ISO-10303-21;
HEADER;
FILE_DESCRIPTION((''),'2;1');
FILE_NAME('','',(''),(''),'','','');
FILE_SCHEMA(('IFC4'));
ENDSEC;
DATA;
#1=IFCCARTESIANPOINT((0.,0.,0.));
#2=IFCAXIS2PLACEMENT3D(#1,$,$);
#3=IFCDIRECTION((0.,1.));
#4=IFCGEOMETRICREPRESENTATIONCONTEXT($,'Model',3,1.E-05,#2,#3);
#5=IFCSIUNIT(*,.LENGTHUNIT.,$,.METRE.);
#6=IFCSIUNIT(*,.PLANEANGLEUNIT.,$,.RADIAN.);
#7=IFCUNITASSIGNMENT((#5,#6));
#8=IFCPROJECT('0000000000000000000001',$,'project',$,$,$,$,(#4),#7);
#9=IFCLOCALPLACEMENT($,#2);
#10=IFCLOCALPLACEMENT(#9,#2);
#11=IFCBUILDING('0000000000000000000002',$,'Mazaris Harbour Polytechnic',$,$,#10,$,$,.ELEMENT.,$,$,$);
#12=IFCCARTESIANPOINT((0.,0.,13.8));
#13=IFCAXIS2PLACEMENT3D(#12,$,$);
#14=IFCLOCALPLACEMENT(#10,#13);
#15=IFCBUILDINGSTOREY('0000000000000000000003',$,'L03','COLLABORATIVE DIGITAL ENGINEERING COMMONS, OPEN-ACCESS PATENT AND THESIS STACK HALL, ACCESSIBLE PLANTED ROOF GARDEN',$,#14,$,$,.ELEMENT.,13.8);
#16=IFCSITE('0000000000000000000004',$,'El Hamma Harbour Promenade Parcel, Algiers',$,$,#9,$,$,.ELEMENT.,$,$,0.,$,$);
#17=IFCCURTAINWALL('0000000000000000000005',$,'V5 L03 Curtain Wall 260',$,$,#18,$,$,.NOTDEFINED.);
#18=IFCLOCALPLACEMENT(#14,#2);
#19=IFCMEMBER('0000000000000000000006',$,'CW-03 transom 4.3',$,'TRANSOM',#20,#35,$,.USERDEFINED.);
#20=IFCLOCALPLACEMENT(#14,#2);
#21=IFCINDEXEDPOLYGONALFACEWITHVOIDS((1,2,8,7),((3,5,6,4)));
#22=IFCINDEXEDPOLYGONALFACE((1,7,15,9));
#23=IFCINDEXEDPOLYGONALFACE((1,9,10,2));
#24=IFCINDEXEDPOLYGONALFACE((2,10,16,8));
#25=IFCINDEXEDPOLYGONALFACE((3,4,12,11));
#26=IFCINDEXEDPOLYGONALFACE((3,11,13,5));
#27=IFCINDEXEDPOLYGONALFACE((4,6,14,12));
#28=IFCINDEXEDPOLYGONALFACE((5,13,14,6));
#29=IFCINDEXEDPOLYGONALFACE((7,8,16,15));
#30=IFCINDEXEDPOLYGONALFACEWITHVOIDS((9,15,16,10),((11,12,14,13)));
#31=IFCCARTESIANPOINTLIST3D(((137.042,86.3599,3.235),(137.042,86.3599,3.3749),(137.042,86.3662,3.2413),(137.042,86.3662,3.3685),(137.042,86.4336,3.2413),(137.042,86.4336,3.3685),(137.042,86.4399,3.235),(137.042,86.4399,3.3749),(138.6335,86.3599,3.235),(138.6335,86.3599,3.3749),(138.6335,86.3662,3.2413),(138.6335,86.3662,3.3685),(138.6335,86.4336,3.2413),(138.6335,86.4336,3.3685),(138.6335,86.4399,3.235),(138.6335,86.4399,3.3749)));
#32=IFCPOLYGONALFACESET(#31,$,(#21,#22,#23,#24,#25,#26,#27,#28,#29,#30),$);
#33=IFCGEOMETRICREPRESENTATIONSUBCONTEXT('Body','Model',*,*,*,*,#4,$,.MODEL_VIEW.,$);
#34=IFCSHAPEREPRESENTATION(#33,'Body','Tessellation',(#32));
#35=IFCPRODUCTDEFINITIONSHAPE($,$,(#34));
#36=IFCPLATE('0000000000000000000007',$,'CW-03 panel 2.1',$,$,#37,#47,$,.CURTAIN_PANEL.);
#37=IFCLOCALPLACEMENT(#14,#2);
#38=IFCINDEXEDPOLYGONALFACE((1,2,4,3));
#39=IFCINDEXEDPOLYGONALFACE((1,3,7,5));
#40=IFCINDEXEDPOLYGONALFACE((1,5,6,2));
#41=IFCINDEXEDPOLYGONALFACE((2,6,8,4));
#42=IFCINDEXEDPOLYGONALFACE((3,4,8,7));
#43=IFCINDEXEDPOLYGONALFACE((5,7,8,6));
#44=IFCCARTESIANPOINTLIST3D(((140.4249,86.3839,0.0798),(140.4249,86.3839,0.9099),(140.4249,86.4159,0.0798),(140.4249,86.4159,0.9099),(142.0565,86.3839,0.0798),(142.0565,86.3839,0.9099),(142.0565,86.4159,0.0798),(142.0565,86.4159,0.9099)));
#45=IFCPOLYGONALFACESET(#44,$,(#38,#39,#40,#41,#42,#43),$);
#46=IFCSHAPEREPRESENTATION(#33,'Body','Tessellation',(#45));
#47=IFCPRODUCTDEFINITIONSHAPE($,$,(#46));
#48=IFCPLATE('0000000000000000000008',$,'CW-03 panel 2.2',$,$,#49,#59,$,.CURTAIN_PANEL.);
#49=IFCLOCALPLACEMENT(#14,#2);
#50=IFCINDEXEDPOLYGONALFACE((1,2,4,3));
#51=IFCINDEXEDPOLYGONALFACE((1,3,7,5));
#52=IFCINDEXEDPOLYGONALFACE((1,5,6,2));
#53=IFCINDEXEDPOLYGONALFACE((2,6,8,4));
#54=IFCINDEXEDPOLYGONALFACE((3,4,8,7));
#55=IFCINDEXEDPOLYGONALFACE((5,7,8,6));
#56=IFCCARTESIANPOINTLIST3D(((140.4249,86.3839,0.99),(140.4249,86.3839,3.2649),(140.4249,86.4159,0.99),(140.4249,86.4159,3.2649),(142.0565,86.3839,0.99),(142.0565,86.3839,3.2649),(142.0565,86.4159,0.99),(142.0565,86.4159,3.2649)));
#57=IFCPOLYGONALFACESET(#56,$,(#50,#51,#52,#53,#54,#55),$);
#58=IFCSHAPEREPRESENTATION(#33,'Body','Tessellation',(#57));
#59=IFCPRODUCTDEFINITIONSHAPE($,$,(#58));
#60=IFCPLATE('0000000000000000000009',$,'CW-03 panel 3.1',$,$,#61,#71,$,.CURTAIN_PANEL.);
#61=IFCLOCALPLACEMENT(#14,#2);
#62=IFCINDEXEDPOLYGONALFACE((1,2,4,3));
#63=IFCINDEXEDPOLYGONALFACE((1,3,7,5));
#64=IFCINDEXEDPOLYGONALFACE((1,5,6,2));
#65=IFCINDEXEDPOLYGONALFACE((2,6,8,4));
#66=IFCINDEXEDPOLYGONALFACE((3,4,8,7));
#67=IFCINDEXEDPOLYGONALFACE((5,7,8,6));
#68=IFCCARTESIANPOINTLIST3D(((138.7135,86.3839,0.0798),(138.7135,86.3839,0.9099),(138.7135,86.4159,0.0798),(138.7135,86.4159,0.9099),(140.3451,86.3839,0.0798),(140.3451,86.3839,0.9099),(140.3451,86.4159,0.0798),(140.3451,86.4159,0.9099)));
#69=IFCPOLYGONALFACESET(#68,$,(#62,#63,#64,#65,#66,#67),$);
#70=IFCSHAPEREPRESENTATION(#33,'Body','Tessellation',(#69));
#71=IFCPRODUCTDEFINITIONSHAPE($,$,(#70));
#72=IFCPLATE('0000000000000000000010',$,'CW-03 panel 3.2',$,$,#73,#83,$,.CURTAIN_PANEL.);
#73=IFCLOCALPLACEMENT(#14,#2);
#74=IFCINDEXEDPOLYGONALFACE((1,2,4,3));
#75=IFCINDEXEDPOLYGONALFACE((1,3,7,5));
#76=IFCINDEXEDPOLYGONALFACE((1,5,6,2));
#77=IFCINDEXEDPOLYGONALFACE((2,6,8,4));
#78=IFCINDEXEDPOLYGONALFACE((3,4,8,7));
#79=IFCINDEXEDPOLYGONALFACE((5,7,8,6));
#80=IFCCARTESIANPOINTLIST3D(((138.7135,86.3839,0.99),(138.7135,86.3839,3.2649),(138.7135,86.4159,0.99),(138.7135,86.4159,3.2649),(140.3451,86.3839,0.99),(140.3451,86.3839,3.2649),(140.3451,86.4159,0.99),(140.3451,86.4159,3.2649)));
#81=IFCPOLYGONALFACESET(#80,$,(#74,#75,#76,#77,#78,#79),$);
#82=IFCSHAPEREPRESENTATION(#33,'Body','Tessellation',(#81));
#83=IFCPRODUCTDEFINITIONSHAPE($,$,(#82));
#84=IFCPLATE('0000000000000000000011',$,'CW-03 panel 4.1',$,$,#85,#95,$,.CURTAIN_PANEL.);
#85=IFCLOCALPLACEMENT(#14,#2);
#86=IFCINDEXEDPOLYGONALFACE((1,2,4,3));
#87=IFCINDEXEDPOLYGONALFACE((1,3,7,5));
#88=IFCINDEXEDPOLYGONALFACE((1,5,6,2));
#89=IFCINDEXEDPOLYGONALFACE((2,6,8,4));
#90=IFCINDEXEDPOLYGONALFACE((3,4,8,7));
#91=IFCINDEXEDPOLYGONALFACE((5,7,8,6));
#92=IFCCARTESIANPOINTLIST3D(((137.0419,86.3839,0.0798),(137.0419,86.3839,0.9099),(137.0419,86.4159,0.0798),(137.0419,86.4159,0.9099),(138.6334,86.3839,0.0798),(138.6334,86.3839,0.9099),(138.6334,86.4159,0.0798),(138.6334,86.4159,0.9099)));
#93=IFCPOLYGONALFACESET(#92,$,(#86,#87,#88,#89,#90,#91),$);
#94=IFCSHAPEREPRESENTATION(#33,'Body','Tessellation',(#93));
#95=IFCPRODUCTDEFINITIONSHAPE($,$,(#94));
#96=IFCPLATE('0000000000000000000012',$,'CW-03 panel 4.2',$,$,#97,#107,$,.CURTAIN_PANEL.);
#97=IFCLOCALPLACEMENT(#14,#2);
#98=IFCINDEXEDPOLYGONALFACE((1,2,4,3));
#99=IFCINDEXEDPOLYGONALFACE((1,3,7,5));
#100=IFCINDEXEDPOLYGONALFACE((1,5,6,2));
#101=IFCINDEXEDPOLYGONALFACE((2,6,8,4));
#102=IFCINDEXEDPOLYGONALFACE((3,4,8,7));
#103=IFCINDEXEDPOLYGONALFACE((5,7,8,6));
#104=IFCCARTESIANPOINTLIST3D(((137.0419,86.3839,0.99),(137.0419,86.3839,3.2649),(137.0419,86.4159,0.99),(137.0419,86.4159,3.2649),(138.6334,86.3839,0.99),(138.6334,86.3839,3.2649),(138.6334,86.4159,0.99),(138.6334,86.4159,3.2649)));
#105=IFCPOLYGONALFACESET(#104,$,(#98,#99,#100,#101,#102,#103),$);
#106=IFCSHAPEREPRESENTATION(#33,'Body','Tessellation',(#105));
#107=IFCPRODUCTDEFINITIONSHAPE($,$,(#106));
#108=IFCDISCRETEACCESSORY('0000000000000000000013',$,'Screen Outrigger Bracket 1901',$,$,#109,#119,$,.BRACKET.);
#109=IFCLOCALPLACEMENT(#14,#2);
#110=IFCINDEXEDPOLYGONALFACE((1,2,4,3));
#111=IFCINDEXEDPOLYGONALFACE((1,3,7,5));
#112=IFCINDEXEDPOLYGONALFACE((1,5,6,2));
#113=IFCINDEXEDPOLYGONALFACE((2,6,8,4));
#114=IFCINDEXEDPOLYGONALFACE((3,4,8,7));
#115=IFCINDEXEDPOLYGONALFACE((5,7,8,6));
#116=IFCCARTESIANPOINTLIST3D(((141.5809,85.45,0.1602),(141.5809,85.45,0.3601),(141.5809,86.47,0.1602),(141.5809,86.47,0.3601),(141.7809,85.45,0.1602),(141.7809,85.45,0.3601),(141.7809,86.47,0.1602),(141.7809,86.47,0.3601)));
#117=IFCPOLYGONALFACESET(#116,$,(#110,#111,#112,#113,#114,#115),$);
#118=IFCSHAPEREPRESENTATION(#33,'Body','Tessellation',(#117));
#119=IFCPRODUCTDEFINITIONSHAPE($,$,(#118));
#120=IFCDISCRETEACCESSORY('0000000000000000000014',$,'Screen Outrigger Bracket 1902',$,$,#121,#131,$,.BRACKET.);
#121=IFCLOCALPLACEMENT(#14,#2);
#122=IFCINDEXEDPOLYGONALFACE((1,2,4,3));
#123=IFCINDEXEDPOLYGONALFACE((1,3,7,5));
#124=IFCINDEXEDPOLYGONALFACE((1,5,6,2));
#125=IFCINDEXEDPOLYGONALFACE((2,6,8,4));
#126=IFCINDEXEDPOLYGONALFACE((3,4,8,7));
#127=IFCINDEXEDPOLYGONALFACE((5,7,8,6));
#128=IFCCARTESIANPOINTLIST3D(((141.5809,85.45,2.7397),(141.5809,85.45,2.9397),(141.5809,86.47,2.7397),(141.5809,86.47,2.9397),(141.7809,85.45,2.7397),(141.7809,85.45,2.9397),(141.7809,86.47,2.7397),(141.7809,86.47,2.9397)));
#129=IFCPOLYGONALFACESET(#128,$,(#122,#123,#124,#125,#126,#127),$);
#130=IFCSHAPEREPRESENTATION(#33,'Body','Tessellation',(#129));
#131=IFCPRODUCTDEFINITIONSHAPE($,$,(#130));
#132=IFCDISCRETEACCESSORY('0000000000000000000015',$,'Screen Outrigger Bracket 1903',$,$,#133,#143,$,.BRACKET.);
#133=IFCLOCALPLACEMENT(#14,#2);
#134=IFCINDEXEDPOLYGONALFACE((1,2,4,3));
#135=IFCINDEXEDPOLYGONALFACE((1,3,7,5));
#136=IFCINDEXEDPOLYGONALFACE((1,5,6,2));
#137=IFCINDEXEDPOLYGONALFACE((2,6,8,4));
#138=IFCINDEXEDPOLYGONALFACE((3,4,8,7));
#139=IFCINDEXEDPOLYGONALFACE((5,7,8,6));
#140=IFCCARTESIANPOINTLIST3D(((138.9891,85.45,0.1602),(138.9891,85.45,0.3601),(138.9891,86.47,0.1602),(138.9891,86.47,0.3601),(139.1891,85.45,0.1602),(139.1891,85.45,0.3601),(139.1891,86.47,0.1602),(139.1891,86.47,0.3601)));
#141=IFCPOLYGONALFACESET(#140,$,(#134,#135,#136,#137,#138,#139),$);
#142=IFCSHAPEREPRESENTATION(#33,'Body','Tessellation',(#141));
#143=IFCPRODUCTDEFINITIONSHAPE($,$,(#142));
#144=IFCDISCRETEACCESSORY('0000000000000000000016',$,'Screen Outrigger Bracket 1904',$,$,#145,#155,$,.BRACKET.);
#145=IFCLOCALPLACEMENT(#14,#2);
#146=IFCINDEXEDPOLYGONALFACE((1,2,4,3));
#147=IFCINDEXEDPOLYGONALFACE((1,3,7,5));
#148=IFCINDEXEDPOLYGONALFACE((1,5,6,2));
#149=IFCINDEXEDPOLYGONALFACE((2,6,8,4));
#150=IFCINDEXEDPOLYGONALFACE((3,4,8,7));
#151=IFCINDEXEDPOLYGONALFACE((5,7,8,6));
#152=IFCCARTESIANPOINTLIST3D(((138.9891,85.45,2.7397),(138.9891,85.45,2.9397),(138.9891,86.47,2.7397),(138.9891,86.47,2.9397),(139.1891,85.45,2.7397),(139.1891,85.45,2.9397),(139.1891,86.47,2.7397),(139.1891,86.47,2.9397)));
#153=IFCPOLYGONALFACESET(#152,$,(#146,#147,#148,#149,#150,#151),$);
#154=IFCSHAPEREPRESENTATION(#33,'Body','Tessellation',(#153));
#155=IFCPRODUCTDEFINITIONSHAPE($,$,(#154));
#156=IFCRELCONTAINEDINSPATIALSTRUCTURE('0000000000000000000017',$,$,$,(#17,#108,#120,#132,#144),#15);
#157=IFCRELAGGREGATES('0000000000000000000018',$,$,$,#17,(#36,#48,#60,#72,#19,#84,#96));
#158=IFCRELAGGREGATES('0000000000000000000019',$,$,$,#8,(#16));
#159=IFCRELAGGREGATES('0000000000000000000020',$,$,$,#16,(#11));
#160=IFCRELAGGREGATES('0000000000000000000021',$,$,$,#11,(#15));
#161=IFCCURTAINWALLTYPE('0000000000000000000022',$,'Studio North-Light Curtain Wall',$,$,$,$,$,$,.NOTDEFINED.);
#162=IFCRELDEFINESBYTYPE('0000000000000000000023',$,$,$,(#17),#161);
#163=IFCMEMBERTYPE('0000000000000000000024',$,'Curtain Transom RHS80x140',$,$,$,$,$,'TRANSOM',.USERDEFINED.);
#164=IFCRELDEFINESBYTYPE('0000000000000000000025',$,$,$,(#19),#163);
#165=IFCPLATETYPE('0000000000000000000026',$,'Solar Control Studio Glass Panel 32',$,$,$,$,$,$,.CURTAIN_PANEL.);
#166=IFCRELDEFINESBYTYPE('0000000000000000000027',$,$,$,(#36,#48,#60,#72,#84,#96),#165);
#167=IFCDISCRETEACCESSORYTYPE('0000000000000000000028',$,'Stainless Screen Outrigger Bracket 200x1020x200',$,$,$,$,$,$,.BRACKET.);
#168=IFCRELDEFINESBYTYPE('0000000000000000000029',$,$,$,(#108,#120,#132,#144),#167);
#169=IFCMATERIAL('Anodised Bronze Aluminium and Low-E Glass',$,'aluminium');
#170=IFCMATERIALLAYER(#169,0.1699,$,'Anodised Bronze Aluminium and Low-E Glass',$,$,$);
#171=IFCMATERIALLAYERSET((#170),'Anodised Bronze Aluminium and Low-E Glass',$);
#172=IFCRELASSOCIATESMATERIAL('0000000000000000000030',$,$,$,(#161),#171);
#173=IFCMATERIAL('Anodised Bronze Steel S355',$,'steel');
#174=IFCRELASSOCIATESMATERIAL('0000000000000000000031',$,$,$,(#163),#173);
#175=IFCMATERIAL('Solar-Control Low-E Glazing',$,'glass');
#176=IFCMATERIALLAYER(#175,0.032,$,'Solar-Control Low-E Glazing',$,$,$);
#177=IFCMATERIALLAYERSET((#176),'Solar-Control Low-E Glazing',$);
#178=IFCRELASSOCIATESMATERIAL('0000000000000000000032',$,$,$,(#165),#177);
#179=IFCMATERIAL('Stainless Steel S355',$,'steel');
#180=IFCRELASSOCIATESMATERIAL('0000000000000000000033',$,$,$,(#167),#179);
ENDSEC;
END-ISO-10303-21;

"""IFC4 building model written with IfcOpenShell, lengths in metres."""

from ifc_helpers import new_model, si_unit, direction, frame, origin, origin_2d, place, context, subcontext, project, spatial, rectangle, hollow_rectangle, extrude, material, layer, layer_set, material_profile, profile_set, type_object, element, aggregate, save


model = new_model("IFC4")

# Units and contexts
model_context = context("Model", 3, precision=1e-05, world=origin(), true_north=direction((0.0, 1.0)))
body_context = subcontext(model_context, "Body", "Model", "MODEL_VIEW")
ifc_project = project(units=[si_unit("LENGTHUNIT", "METRE"), si_unit("PLANEANGLEUNIT", "RADIAN")], contexts=[model_context])

# Site, building, storey
site_placement = place(None, origin())
site = spatial("IfcSite", under=ifc_project, at=site_placement, Name="El Hamma Harbour Promenade Parcel, Algiers", CompositionType="ELEMENT", RefElevation=0.0)
building_placement = place(site_placement, origin())
building = spatial("IfcBuilding", under=site, at=building_placement, Name="Mazaris Harbour Polytechnic", CompositionType="ELEMENT")
storey_placement = place(building_placement, frame((0.0, 0.0, 13.8)))
storey = spatial("IfcBuildingStorey", under=building, at=storey_placement, Name="L03", Description="COLLABORATIVE DIGITAL ENGINEERING COMMONS, OPEN-ACCESS PATENT AND THESIS STACK HALL, ACCESSIBLE PLANTED ROOF GARDEN", CompositionType="ELEMENT", Elevation=13.8)

# Curtain wall, member, plates
ifc_material_1 = material(Name="Anodised Bronze Aluminium and Low-E Glass", Category="aluminium")
ifc_layer_1 = layer(ifc_material_1, 0.1699, Name="Anodised Bronze Aluminium and Low-E Glass")
ifc_layer_set_1 = layer_set([ifc_layer_1], Name="Anodised Bronze Aluminium and Low-E Glass")
curtain_wall_type = type_object("IfcCurtainWallType", Name="Studio North-Light Curtain Wall", PredefinedType="NOTDEFINED", material=ifc_layer_set_1)
curtain_wall_placement = place(storey_placement, origin())
curtain_wall = element("IfcCurtainWall", 1, at=curtain_wall_placement, inside=storey, type_object=curtain_wall_type, Name="V5 L03 Curtain Wall 260", PredefinedType="NOTDEFINED")
ifc_material_2 = material(Name="Anodised Bronze Steel S355", Category="steel")
ifc_material_profile_1 = material_profile(ifc_material_2, hollow_rectangle(XDim=0.0801, YDim=0.1399, WallThickness=0.0063, at=origin_2d()), Name="RHS 80x140x6.3")
ifc_profile_set_1 = profile_set([ifc_material_profile_1], Name="Anodised Bronze Steel S355")
member_type_1 = type_object("IfcMemberType", Name="Curtain Transom RHS80x140", ElementType="TRANSOM", PredefinedType="USERDEFINED", material=ifc_profile_set_1)
member_1_placement = place(storey_placement, frame((138.6335, 86.3999, 3.3049), z_axis=(-1.0, 0.0, 0.0), x_axis=(0.0, -1.0, 0.0)))
member_1 = element("IfcMember", 2, at=member_1_placement, type_object=member_type_1, Name="CW-03 transom 4.3", ObjectType="TRANSOM", PredefinedType="USERDEFINED", context=body_context, shape_type="SweptSolid", body=[
    extrude(hollow_rectangle(XDim=0.0801, YDim=0.1399, WallThickness=0.0063, at=origin_2d()), origin(), (0.0, 0.0, 1.0), 1.5916),
])
ifc_material_3 = material(Name="Solar-Control Low-E Glazing", Category="glass")
ifc_layer_2 = layer(ifc_material_3, 0.032, Name="Solar-Control Low-E Glazing")
ifc_layer_set_2 = layer_set([ifc_layer_2], Name="Solar-Control Low-E Glazing")
plate_type = type_object("IfcPlateType", Name="Solar Control Studio Glass Panel 32", PredefinedType="CURTAIN_PANEL", material=ifc_layer_set_2)
plate_1_placement = place(storey_placement, frame((141.2407, 86.3999, 0.0798), z_axis=(0.0, 0.0, 1.0), x_axis=(-1.0, 0.0, 0.0)))
plate_1 = element("IfcPlate", 3, at=plate_1_placement, type_object=plate_type, Name="CW-03 panel 2.1", PredefinedType="CURTAIN_PANEL", context=body_context, shape_type="SweptSolid", body=[
    extrude(rectangle(XDim=1.6316, YDim=0.032, at=origin_2d()), origin(), (0.0, 0.0, 1.0), 0.8301),
])
plate_2_placement = place(storey_placement, frame((141.2407, 86.3999, 0.99), z_axis=(0.0, 0.0, 1.0), x_axis=(-1.0, 0.0, 0.0)))
plate_2 = element("IfcPlate", 4, at=plate_2_placement, type_object=plate_type, Name="CW-03 panel 2.2", PredefinedType="CURTAIN_PANEL", context=body_context, shape_type="SweptSolid", body=[
    extrude(rectangle(XDim=1.6316, YDim=0.032, at=origin_2d()), origin(), (0.0, 0.0, 1.0), 2.2749),
])
plate_3_placement = place(storey_placement, frame((139.5293, 86.3999, 0.0798), z_axis=(0.0, 0.0, 1.0), x_axis=(-1.0, 0.0, 0.0)))
plate_3 = element("IfcPlate", 5, at=plate_3_placement, type_object=plate_type, Name="CW-03 panel 3.1", PredefinedType="CURTAIN_PANEL", context=body_context, shape_type="SweptSolid", body=[
    extrude(rectangle(XDim=1.6316, YDim=0.032, at=origin_2d()), origin(), (0.0, 0.0, 1.0), 0.8301),
])
plate_4_placement = place(storey_placement, frame((139.5293, 86.3999, 0.99), z_axis=(0.0, 0.0, 1.0), x_axis=(-1.0, 0.0, 0.0)))
plate_4 = element("IfcPlate", 6, at=plate_4_placement, type_object=plate_type, Name="CW-03 panel 3.2", PredefinedType="CURTAIN_PANEL", context=body_context, shape_type="SweptSolid", body=[
    extrude(rectangle(XDim=1.6316, YDim=0.032, at=origin_2d()), origin(), (0.0, 0.0, 1.0), 2.2749),
])
plate_5_placement = place(storey_placement, frame((137.8376, 86.3999, 0.0798), z_axis=(0.0, 0.0, 1.0), x_axis=(-1.0, 0.0, 0.0)))
plate_5 = element("IfcPlate", 7, at=plate_5_placement, type_object=plate_type, Name="CW-03 panel 4.1", PredefinedType="CURTAIN_PANEL", context=body_context, shape_type="SweptSolid", body=[
    extrude(rectangle(XDim=1.5916, YDim=0.032, at=origin_2d()), origin(), (0.0, 0.0, 1.0), 0.8301),
])
plate_6_placement = place(storey_placement, frame((137.8376, 86.3999, 0.99), z_axis=(0.0, 0.0, 1.0), x_axis=(-1.0, 0.0, 0.0)))
plate_6 = element("IfcPlate", 8, at=plate_6_placement, type_object=plate_type, Name="CW-03 panel 4.2", PredefinedType="CURTAIN_PANEL", context=body_context, shape_type="SweptSolid", body=[
    extrude(rectangle(XDim=1.5916, YDim=0.032, at=origin_2d()), origin(), (0.0, 0.0, 1.0), 2.2749),
])
aggregate(curtain_wall, [plate_1, plate_2, plate_3, plate_4, member_1, plate_5, plate_6])

# Discrete accessories
ifc_material_4 = material(Name="Stainless Steel S355", Category="steel")
discrete_accessory_type = type_object("IfcDiscreteAccessoryType", Name="Stainless Screen Outrigger Bracket 200x1020x200", PredefinedType="BRACKET", material=ifc_material_4)
for number, where, z_axis, x_axis, name in (
    (9, (141.6809, 85.96, 0.1602), (0.0, 0.0, 1.0), (-1.0, 0.0, 0.0), "Screen Outrigger Bracket 1901"),
    (10, (141.6809, 85.96, 2.7397), (0.0, 0.0, 1.0), (-1.0, 0.0, 0.0), "Screen Outrigger Bracket 1902"),
    (11, (139.0891, 85.96, 0.1602), (0.0, 0.0, 1.0), (-1.0, 0.0, 0.0), "Screen Outrigger Bracket 1903"),
    (12, (139.0891, 85.96, 2.7397), (0.0, 0.0, 1.0), (-1.0, 0.0, 0.0), "Screen Outrigger Bracket 1904"),
):
    element("IfcDiscreteAccessory", number, at=place(storey_placement, frame(where, z_axis=z_axis, x_axis=x_axis)), inside=storey, type_object=discrete_accessory_type, Name=name, PredefinedType="BRACKET", context=body_context, shape_type="SweptSolid", body=[
        extrude(rectangle(XDim=0.2, YDim=1.02, at=origin_2d()), origin(), (0.0, 0.0, 1.0), 0.2),
    ])

save(model, "model.ifc")
